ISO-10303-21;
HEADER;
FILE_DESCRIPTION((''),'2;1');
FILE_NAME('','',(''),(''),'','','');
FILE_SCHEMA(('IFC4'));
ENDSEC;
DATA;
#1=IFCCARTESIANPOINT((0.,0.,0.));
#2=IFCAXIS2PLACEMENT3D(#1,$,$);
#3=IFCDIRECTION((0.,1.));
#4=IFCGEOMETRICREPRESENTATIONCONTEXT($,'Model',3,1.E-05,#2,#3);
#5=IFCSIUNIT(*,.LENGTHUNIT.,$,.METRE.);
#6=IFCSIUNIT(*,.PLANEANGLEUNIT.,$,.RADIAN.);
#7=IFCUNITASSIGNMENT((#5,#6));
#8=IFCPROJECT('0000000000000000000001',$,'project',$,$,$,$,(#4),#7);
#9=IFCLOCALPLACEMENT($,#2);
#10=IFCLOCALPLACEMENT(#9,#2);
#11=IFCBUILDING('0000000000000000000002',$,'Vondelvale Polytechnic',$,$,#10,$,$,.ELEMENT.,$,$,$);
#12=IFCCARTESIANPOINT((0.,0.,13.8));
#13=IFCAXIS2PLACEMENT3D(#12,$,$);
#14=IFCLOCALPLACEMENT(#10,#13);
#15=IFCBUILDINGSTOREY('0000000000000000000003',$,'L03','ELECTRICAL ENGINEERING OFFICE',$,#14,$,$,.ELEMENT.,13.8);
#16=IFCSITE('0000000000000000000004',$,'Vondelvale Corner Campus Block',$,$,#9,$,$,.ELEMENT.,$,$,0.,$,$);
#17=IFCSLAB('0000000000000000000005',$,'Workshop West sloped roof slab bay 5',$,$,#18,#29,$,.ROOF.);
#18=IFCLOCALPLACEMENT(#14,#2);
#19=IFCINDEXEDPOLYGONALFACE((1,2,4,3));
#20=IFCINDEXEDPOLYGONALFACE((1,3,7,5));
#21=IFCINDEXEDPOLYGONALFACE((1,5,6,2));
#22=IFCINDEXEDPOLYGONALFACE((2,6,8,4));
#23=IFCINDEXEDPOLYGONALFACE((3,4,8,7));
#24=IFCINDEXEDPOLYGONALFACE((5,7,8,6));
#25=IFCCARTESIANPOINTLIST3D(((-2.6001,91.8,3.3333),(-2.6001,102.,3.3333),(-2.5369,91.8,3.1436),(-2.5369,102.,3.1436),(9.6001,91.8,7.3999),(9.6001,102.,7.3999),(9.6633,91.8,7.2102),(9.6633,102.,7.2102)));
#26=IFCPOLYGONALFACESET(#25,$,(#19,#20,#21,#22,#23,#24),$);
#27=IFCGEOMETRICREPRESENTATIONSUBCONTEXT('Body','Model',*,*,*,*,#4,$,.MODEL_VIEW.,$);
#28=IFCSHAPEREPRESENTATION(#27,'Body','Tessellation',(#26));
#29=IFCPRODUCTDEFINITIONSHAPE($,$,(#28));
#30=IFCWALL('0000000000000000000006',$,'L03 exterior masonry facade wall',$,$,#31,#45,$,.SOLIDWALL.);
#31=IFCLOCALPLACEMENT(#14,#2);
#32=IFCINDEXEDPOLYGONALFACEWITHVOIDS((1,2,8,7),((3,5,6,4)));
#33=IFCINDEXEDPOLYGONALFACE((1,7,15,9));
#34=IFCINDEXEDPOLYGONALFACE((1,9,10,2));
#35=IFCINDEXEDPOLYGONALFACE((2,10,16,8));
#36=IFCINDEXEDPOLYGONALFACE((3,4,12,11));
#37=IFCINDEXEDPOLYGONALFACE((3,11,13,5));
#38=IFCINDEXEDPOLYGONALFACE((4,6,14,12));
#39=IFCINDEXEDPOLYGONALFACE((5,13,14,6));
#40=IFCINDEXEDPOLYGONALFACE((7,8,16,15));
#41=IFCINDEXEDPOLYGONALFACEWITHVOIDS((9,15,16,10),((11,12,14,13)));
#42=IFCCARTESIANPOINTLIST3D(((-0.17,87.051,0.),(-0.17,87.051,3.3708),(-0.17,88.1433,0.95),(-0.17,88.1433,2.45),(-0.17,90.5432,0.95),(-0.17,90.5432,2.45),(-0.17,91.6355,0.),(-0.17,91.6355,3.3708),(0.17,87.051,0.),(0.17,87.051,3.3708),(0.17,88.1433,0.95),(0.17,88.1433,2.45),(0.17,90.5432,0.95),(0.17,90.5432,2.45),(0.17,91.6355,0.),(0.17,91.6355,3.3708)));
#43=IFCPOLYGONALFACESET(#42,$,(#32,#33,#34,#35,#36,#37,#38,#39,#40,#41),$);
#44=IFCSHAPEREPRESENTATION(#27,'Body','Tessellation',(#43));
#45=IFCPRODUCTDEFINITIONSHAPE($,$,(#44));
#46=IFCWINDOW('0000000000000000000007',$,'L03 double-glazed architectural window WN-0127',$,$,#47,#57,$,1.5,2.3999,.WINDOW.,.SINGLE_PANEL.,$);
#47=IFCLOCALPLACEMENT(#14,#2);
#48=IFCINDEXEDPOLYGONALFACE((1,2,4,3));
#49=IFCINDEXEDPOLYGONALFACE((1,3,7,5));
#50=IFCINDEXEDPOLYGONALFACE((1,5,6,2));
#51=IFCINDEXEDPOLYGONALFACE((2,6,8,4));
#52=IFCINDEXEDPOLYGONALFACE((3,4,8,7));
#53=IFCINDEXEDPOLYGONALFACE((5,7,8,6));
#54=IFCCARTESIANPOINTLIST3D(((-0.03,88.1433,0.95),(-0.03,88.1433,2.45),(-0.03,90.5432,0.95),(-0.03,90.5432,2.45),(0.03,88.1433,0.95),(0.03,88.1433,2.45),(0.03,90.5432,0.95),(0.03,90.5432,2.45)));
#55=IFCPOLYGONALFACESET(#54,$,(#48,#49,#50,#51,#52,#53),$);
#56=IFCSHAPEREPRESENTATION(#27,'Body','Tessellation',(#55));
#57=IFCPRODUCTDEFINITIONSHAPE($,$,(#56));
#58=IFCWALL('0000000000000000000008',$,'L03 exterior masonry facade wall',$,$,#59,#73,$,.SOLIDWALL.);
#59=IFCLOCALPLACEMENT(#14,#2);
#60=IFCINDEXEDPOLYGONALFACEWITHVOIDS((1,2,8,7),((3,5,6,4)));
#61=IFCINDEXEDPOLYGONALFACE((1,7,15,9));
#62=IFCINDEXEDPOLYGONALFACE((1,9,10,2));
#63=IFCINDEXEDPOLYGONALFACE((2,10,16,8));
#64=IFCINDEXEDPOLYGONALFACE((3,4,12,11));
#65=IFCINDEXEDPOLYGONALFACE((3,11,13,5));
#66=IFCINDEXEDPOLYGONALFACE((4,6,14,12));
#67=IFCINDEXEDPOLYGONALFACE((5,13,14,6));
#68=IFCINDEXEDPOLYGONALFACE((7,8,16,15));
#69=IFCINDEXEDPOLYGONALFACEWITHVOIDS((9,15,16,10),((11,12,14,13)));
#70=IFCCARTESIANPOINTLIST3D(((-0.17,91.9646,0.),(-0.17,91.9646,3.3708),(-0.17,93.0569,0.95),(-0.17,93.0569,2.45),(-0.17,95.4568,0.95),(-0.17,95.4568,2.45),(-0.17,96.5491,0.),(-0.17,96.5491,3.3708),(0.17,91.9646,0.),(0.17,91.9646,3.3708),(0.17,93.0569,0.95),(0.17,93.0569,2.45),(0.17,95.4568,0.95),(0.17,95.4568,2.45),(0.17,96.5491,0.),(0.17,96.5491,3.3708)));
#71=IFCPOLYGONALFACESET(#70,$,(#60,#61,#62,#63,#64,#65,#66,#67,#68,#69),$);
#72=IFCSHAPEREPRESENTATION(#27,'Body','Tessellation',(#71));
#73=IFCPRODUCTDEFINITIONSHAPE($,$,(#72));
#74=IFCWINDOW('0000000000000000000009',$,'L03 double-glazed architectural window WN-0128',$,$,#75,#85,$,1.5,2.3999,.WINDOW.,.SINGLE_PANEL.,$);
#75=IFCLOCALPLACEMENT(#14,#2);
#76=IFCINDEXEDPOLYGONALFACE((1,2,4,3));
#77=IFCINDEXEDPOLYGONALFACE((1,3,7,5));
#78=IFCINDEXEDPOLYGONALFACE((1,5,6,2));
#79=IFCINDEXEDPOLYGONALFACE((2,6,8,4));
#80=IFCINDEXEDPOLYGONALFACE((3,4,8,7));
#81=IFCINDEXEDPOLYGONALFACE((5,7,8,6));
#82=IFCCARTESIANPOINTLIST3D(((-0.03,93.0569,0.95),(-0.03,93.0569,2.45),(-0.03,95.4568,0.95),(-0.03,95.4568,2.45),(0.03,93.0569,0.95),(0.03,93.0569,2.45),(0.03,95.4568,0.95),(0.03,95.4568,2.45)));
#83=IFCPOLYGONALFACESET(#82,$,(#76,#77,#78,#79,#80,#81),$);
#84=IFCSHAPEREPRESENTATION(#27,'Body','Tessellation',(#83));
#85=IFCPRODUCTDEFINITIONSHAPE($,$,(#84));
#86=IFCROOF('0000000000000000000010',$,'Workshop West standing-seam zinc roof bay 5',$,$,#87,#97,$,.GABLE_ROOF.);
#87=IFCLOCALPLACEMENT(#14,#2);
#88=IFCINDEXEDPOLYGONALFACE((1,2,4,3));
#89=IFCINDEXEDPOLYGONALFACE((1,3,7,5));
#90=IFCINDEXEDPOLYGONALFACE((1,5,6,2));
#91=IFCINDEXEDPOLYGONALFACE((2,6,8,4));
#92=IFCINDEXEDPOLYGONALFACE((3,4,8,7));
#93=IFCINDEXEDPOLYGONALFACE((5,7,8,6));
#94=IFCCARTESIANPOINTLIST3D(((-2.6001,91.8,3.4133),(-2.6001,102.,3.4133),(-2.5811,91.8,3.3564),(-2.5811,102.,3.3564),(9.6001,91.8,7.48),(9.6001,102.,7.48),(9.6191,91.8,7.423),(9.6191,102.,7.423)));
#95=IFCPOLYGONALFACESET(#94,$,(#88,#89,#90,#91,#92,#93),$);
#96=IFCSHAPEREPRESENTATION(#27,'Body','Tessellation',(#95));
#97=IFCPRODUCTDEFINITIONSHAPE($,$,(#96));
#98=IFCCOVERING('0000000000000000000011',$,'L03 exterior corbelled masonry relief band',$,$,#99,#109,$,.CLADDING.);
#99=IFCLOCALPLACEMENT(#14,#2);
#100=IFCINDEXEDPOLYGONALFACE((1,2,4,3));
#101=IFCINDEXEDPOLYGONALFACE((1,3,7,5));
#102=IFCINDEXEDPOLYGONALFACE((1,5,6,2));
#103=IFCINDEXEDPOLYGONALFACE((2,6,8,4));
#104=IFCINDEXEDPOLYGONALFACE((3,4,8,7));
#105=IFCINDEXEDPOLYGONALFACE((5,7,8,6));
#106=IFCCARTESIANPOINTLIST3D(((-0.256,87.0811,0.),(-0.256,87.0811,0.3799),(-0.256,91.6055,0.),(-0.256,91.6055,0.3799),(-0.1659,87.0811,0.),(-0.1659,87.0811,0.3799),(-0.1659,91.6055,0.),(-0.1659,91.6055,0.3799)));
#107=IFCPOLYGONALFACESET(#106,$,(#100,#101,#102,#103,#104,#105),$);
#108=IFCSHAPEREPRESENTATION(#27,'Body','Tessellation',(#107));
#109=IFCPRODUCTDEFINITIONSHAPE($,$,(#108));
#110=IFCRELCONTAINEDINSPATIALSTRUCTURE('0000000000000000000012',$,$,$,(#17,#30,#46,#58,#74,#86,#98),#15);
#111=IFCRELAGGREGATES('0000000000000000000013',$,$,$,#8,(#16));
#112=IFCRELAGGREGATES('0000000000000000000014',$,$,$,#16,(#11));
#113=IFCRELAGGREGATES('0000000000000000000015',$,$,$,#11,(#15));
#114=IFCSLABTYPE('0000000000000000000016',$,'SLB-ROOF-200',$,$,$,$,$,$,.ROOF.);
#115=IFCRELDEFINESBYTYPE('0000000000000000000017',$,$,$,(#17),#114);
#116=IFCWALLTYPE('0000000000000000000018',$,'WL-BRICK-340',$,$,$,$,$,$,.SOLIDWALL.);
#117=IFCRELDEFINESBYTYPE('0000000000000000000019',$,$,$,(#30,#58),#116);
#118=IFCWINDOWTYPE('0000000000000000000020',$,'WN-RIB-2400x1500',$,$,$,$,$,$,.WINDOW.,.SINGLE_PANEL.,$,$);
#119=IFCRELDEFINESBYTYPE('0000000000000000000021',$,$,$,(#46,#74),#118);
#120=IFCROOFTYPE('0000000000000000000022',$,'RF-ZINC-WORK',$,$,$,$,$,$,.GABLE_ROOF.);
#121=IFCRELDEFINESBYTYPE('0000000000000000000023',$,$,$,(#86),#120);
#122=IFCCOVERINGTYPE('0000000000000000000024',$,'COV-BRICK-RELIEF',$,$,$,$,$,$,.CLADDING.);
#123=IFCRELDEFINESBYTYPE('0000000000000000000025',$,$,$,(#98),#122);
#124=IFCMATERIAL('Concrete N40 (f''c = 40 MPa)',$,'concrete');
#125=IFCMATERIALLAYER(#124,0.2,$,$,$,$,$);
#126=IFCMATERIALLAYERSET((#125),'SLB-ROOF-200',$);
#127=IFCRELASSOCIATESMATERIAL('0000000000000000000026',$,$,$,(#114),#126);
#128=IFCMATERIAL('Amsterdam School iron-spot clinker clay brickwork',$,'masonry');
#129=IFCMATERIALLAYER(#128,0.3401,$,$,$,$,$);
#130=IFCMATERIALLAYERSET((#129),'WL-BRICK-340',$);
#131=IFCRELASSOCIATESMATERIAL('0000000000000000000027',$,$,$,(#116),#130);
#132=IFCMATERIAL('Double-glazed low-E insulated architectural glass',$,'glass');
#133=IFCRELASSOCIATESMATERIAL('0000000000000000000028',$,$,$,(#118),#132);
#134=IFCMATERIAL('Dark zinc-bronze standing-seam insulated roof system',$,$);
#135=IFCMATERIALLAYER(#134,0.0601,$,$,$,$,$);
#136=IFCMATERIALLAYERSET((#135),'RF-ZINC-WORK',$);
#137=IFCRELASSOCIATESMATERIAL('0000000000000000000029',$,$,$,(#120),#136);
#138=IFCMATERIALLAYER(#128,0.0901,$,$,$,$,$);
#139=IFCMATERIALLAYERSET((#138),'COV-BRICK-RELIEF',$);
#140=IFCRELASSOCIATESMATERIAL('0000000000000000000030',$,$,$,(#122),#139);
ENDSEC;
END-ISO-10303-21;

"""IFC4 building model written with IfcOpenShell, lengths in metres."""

from ifc_helpers import new_model, si_unit, direction, frame, frame_2d, origin, origin_2d, place, context, subcontext, project, spatial, polyline, rectangle, outline, extrude, material, layer, layer_set, type_object, element, fill, save


model = new_model("IFC4")

# Units and contexts
model_context = context("Model", 3, precision=1e-05, world=origin(), true_north=direction((0.0, 1.0)))
body_context = subcontext(model_context, "Body", "Model", "MODEL_VIEW")
ifc_project = project(units=[si_unit("LENGTHUNIT", "METRE"), si_unit("PLANEANGLEUNIT", "RADIAN")], contexts=[model_context])

# Site, building, storey
site_placement = place(None, origin())
site = spatial("IfcSite", under=ifc_project, at=site_placement, Name="Vondelvale Corner Campus Block", CompositionType="ELEMENT", RefElevation=0.0)
building_placement = place(site_placement, origin())
building = spatial("IfcBuilding", under=site, at=building_placement, Name="Vondelvale Polytechnic", CompositionType="ELEMENT")
storey_placement = place(building_placement, frame((0.0, 0.0, 13.8)))
storey = spatial("IfcBuildingStorey", under=building, at=storey_placement, Name="L03", Description="ELECTRICAL ENGINEERING OFFICE", CompositionType="ELEMENT", Elevation=13.8)

# Slab
ifc_material_1 = material(Name="Concrete N40 (f'c = 40 MPa)", Category="concrete")
ifc_layer_1 = layer(ifc_material_1, 0.2)
ifc_layer_set_1 = layer_set([ifc_layer_1], Name="SLB-ROOF-200")
slab_type = type_object("IfcSlabType", Name="SLB-ROOF-200", PredefinedType="ROOF", material=ifc_layer_set_1)
slab_placement = place(storey_placement, frame((-2.6001, 91.8, 3.3333), z_axis=(-0.316222, 0.0, 0.948685), x_axis=(0.948685, 0.0, 0.316222)))
element("IfcSlab", 1, at=slab_placement, inside=storey, type_object=slab_type, Name="Workshop West sloped roof slab bay 5", PredefinedType="ROOF", context=body_context, shape_type="SweptSolid", body=[
    extrude(outline(polyline([(0.0, 0.0), (12.8601, 0.0), (12.8601, 10.2), (0.0, 10.2), (0.0, 0.0)])), origin(), (0.0, 0.0, -1.0), 0.2),
])

# Walls, openings, windows
ifc_material_2 = material(Name="Amsterdam School iron-spot clinker clay brickwork", Category="masonry")
ifc_layer_2 = layer(ifc_material_2, 0.3401)
ifc_layer_set_2 = layer_set([ifc_layer_2], Name="WL-BRICK-340")
wall_type = type_object("IfcWallType", Name="WL-BRICK-340", PredefinedType="SOLIDWALL", material=ifc_layer_set_2)
wall_1_placement = place(storey_placement, frame((0.0, 87.051, 0.0), z_axis=(0.0, 0.0, 1.0), x_axis=(0.0, 1.0, 0.0)))
wall_1 = element("IfcWall", 2, at=wall_1_placement, inside=storey, type_object=wall_type, Name="L03 exterior masonry facade wall", PredefinedType="SOLIDWALL", context=body_context, shape_type="SweptSolid", body=[
    extrude(rectangle(XDim=4.5845, YDim=0.3401, at=frame_2d((2.2922, 0.0))), origin(), (0.0, 0.0, 1.0), 3.3708),
])
opening_1_placement = place(wall_1_placement, frame((1.0923, 0.0, 0.95)))
opening_1 = element("IfcOpeningElement", 3, at=opening_1_placement, cuts=wall_1, PredefinedType="OPENING", context=body_context, shape_type="SweptSolid", body=[
    extrude(rectangle(XDim=2.3999, YDim=1.5, at=frame_2d((1.2, 0.75))), frame((0.0, 0.1799, 0.0), z_axis=(0.0, -1.0, 0.0), x_axis=(1.0, 0.0, 0.0)), (0.0, 0.0, 1.0), 0.3601),
])
ifc_material_3 = material(Name="Double-glazed low-E insulated architectural glass", Category="glass")
window_type = type_object("IfcWindowType", Name="WN-RIB-2400x1500", PartitioningType="SINGLE_PANEL", PredefinedType="WINDOW", material=ifc_material_3)
window_1_placement = place(opening_1_placement, origin())
window_1 = element("IfcWindow", 4, at=window_1_placement, inside=storey, type_object=window_type, Name="L03 double-glazed architectural window WN-0127", OverallHeight=1.5, OverallWidth=2.3999, PartitioningType="SINGLE_PANEL", PredefinedType="WINDOW", context=body_context, shape_type="SweptSolid", body=[
    extrude(rectangle(XDim=2.3999, YDim=1.5, at=frame_2d((1.2, 0.75))), frame((0.0, 0.03, 0.0), z_axis=(0.0, -1.0, 0.0), x_axis=(1.0, 0.0, 0.0)), (0.0, 0.0, 1.0), 0.0601),
])
fill(opening_1, window_1)
wall_2_placement = place(storey_placement, frame((0.0, 91.9646, 0.0), z_axis=(0.0, 0.0, 1.0), x_axis=(0.0, 1.0, 0.0)))
wall_2 = element("IfcWall", 5, at=wall_2_placement, inside=storey, type_object=wall_type, Name="L03 exterior masonry facade wall", PredefinedType="SOLIDWALL", context=body_context, shape_type="SweptSolid", body=[
    extrude(rectangle(XDim=4.5845, YDim=0.3401, at=frame_2d((2.2922, 0.0))), origin(), (0.0, 0.0, 1.0), 3.3708),
])
opening_2_placement = place(wall_2_placement, frame((1.0923, 0.0, 0.95)))
opening_2 = element("IfcOpeningElement", 6, at=opening_2_placement, cuts=wall_2, PredefinedType="OPENING", context=body_context, shape_type="SweptSolid", body=[
    extrude(rectangle(XDim=2.3999, YDim=1.5, at=frame_2d((1.2, 0.75))), frame((0.0, 0.1799, 0.0), z_axis=(0.0, -1.0, 0.0), x_axis=(1.0, 0.0, 0.0)), (0.0, 0.0, 1.0), 0.3601),
])
window_2_placement = place(opening_2_placement, origin())
window_2 = element("IfcWindow", 7, at=window_2_placement, inside=storey, type_object=window_type, Name="L03 double-glazed architectural window WN-0128", OverallHeight=1.5, OverallWidth=2.3999, PartitioningType="SINGLE_PANEL", PredefinedType="WINDOW", context=body_context, shape_type="SweptSolid", body=[
    extrude(rectangle(XDim=2.3999, YDim=1.5, at=frame_2d((1.2, 0.75))), frame((0.0, 0.03, 0.0), z_axis=(0.0, -1.0, 0.0), x_axis=(1.0, 0.0, 0.0)), (0.0, 0.0, 1.0), 0.0601),
])
fill(opening_2, window_2)

# Roof
ifc_material_4 = material(Name="Dark zinc-bronze standing-seam insulated roof system")
ifc_layer_3 = layer(ifc_material_4, 0.0601)
ifc_layer_set_3 = layer_set([ifc_layer_3], Name="RF-ZINC-WORK")
roof_type = type_object("IfcRoofType", Name="RF-ZINC-WORK", PredefinedType="GABLE_ROOF", material=ifc_layer_set_3)
roof_placement = place(storey_placement, frame((-2.6001, 91.8, 3.4133), z_axis=(-0.316222, 0.0, 0.948685), x_axis=(0.948685, 0.0, 0.316222)))
element("IfcRoof", 8, at=roof_placement, inside=storey, type_object=roof_type, Name="Workshop West standing-seam zinc roof bay 5", PredefinedType="GABLE_ROOF", context=body_context, shape_type="SweptSolid", body=[
    extrude(outline(polyline([(0.0, 0.0), (12.8601, 0.0), (12.8601, 10.2), (0.0, 10.2), (0.0, 0.0)])), origin(), (0.0, 0.0, -1.0), 0.0601),
])

# Covering
ifc_layer_4 = layer(ifc_material_2, 0.0901)
ifc_layer_set_4 = layer_set([ifc_layer_4], Name="COV-BRICK-RELIEF")
covering_type = type_object("IfcCoveringType", Name="COV-BRICK-RELIEF", PredefinedType="CLADDING", material=ifc_layer_set_4)
covering_placement = place(storey_placement, frame((-0.2109, 89.3433, 0.0), z_axis=(0.0, 0.0, 1.0), x_axis=(0.0, 1.0, 0.0)))
element("IfcCovering", 9, at=covering_placement, inside=storey, type_object=covering_type, Name="L03 exterior corbelled masonry relief band", PredefinedType="CLADDING", context=body_context, shape_type="SweptSolid", body=[
    extrude(rectangle(XDim=4.5244, YDim=0.0901, at=origin_2d()), origin(), (0.0, 0.0, 1.0), 0.3799),
])

save(model, "model.ifc")
